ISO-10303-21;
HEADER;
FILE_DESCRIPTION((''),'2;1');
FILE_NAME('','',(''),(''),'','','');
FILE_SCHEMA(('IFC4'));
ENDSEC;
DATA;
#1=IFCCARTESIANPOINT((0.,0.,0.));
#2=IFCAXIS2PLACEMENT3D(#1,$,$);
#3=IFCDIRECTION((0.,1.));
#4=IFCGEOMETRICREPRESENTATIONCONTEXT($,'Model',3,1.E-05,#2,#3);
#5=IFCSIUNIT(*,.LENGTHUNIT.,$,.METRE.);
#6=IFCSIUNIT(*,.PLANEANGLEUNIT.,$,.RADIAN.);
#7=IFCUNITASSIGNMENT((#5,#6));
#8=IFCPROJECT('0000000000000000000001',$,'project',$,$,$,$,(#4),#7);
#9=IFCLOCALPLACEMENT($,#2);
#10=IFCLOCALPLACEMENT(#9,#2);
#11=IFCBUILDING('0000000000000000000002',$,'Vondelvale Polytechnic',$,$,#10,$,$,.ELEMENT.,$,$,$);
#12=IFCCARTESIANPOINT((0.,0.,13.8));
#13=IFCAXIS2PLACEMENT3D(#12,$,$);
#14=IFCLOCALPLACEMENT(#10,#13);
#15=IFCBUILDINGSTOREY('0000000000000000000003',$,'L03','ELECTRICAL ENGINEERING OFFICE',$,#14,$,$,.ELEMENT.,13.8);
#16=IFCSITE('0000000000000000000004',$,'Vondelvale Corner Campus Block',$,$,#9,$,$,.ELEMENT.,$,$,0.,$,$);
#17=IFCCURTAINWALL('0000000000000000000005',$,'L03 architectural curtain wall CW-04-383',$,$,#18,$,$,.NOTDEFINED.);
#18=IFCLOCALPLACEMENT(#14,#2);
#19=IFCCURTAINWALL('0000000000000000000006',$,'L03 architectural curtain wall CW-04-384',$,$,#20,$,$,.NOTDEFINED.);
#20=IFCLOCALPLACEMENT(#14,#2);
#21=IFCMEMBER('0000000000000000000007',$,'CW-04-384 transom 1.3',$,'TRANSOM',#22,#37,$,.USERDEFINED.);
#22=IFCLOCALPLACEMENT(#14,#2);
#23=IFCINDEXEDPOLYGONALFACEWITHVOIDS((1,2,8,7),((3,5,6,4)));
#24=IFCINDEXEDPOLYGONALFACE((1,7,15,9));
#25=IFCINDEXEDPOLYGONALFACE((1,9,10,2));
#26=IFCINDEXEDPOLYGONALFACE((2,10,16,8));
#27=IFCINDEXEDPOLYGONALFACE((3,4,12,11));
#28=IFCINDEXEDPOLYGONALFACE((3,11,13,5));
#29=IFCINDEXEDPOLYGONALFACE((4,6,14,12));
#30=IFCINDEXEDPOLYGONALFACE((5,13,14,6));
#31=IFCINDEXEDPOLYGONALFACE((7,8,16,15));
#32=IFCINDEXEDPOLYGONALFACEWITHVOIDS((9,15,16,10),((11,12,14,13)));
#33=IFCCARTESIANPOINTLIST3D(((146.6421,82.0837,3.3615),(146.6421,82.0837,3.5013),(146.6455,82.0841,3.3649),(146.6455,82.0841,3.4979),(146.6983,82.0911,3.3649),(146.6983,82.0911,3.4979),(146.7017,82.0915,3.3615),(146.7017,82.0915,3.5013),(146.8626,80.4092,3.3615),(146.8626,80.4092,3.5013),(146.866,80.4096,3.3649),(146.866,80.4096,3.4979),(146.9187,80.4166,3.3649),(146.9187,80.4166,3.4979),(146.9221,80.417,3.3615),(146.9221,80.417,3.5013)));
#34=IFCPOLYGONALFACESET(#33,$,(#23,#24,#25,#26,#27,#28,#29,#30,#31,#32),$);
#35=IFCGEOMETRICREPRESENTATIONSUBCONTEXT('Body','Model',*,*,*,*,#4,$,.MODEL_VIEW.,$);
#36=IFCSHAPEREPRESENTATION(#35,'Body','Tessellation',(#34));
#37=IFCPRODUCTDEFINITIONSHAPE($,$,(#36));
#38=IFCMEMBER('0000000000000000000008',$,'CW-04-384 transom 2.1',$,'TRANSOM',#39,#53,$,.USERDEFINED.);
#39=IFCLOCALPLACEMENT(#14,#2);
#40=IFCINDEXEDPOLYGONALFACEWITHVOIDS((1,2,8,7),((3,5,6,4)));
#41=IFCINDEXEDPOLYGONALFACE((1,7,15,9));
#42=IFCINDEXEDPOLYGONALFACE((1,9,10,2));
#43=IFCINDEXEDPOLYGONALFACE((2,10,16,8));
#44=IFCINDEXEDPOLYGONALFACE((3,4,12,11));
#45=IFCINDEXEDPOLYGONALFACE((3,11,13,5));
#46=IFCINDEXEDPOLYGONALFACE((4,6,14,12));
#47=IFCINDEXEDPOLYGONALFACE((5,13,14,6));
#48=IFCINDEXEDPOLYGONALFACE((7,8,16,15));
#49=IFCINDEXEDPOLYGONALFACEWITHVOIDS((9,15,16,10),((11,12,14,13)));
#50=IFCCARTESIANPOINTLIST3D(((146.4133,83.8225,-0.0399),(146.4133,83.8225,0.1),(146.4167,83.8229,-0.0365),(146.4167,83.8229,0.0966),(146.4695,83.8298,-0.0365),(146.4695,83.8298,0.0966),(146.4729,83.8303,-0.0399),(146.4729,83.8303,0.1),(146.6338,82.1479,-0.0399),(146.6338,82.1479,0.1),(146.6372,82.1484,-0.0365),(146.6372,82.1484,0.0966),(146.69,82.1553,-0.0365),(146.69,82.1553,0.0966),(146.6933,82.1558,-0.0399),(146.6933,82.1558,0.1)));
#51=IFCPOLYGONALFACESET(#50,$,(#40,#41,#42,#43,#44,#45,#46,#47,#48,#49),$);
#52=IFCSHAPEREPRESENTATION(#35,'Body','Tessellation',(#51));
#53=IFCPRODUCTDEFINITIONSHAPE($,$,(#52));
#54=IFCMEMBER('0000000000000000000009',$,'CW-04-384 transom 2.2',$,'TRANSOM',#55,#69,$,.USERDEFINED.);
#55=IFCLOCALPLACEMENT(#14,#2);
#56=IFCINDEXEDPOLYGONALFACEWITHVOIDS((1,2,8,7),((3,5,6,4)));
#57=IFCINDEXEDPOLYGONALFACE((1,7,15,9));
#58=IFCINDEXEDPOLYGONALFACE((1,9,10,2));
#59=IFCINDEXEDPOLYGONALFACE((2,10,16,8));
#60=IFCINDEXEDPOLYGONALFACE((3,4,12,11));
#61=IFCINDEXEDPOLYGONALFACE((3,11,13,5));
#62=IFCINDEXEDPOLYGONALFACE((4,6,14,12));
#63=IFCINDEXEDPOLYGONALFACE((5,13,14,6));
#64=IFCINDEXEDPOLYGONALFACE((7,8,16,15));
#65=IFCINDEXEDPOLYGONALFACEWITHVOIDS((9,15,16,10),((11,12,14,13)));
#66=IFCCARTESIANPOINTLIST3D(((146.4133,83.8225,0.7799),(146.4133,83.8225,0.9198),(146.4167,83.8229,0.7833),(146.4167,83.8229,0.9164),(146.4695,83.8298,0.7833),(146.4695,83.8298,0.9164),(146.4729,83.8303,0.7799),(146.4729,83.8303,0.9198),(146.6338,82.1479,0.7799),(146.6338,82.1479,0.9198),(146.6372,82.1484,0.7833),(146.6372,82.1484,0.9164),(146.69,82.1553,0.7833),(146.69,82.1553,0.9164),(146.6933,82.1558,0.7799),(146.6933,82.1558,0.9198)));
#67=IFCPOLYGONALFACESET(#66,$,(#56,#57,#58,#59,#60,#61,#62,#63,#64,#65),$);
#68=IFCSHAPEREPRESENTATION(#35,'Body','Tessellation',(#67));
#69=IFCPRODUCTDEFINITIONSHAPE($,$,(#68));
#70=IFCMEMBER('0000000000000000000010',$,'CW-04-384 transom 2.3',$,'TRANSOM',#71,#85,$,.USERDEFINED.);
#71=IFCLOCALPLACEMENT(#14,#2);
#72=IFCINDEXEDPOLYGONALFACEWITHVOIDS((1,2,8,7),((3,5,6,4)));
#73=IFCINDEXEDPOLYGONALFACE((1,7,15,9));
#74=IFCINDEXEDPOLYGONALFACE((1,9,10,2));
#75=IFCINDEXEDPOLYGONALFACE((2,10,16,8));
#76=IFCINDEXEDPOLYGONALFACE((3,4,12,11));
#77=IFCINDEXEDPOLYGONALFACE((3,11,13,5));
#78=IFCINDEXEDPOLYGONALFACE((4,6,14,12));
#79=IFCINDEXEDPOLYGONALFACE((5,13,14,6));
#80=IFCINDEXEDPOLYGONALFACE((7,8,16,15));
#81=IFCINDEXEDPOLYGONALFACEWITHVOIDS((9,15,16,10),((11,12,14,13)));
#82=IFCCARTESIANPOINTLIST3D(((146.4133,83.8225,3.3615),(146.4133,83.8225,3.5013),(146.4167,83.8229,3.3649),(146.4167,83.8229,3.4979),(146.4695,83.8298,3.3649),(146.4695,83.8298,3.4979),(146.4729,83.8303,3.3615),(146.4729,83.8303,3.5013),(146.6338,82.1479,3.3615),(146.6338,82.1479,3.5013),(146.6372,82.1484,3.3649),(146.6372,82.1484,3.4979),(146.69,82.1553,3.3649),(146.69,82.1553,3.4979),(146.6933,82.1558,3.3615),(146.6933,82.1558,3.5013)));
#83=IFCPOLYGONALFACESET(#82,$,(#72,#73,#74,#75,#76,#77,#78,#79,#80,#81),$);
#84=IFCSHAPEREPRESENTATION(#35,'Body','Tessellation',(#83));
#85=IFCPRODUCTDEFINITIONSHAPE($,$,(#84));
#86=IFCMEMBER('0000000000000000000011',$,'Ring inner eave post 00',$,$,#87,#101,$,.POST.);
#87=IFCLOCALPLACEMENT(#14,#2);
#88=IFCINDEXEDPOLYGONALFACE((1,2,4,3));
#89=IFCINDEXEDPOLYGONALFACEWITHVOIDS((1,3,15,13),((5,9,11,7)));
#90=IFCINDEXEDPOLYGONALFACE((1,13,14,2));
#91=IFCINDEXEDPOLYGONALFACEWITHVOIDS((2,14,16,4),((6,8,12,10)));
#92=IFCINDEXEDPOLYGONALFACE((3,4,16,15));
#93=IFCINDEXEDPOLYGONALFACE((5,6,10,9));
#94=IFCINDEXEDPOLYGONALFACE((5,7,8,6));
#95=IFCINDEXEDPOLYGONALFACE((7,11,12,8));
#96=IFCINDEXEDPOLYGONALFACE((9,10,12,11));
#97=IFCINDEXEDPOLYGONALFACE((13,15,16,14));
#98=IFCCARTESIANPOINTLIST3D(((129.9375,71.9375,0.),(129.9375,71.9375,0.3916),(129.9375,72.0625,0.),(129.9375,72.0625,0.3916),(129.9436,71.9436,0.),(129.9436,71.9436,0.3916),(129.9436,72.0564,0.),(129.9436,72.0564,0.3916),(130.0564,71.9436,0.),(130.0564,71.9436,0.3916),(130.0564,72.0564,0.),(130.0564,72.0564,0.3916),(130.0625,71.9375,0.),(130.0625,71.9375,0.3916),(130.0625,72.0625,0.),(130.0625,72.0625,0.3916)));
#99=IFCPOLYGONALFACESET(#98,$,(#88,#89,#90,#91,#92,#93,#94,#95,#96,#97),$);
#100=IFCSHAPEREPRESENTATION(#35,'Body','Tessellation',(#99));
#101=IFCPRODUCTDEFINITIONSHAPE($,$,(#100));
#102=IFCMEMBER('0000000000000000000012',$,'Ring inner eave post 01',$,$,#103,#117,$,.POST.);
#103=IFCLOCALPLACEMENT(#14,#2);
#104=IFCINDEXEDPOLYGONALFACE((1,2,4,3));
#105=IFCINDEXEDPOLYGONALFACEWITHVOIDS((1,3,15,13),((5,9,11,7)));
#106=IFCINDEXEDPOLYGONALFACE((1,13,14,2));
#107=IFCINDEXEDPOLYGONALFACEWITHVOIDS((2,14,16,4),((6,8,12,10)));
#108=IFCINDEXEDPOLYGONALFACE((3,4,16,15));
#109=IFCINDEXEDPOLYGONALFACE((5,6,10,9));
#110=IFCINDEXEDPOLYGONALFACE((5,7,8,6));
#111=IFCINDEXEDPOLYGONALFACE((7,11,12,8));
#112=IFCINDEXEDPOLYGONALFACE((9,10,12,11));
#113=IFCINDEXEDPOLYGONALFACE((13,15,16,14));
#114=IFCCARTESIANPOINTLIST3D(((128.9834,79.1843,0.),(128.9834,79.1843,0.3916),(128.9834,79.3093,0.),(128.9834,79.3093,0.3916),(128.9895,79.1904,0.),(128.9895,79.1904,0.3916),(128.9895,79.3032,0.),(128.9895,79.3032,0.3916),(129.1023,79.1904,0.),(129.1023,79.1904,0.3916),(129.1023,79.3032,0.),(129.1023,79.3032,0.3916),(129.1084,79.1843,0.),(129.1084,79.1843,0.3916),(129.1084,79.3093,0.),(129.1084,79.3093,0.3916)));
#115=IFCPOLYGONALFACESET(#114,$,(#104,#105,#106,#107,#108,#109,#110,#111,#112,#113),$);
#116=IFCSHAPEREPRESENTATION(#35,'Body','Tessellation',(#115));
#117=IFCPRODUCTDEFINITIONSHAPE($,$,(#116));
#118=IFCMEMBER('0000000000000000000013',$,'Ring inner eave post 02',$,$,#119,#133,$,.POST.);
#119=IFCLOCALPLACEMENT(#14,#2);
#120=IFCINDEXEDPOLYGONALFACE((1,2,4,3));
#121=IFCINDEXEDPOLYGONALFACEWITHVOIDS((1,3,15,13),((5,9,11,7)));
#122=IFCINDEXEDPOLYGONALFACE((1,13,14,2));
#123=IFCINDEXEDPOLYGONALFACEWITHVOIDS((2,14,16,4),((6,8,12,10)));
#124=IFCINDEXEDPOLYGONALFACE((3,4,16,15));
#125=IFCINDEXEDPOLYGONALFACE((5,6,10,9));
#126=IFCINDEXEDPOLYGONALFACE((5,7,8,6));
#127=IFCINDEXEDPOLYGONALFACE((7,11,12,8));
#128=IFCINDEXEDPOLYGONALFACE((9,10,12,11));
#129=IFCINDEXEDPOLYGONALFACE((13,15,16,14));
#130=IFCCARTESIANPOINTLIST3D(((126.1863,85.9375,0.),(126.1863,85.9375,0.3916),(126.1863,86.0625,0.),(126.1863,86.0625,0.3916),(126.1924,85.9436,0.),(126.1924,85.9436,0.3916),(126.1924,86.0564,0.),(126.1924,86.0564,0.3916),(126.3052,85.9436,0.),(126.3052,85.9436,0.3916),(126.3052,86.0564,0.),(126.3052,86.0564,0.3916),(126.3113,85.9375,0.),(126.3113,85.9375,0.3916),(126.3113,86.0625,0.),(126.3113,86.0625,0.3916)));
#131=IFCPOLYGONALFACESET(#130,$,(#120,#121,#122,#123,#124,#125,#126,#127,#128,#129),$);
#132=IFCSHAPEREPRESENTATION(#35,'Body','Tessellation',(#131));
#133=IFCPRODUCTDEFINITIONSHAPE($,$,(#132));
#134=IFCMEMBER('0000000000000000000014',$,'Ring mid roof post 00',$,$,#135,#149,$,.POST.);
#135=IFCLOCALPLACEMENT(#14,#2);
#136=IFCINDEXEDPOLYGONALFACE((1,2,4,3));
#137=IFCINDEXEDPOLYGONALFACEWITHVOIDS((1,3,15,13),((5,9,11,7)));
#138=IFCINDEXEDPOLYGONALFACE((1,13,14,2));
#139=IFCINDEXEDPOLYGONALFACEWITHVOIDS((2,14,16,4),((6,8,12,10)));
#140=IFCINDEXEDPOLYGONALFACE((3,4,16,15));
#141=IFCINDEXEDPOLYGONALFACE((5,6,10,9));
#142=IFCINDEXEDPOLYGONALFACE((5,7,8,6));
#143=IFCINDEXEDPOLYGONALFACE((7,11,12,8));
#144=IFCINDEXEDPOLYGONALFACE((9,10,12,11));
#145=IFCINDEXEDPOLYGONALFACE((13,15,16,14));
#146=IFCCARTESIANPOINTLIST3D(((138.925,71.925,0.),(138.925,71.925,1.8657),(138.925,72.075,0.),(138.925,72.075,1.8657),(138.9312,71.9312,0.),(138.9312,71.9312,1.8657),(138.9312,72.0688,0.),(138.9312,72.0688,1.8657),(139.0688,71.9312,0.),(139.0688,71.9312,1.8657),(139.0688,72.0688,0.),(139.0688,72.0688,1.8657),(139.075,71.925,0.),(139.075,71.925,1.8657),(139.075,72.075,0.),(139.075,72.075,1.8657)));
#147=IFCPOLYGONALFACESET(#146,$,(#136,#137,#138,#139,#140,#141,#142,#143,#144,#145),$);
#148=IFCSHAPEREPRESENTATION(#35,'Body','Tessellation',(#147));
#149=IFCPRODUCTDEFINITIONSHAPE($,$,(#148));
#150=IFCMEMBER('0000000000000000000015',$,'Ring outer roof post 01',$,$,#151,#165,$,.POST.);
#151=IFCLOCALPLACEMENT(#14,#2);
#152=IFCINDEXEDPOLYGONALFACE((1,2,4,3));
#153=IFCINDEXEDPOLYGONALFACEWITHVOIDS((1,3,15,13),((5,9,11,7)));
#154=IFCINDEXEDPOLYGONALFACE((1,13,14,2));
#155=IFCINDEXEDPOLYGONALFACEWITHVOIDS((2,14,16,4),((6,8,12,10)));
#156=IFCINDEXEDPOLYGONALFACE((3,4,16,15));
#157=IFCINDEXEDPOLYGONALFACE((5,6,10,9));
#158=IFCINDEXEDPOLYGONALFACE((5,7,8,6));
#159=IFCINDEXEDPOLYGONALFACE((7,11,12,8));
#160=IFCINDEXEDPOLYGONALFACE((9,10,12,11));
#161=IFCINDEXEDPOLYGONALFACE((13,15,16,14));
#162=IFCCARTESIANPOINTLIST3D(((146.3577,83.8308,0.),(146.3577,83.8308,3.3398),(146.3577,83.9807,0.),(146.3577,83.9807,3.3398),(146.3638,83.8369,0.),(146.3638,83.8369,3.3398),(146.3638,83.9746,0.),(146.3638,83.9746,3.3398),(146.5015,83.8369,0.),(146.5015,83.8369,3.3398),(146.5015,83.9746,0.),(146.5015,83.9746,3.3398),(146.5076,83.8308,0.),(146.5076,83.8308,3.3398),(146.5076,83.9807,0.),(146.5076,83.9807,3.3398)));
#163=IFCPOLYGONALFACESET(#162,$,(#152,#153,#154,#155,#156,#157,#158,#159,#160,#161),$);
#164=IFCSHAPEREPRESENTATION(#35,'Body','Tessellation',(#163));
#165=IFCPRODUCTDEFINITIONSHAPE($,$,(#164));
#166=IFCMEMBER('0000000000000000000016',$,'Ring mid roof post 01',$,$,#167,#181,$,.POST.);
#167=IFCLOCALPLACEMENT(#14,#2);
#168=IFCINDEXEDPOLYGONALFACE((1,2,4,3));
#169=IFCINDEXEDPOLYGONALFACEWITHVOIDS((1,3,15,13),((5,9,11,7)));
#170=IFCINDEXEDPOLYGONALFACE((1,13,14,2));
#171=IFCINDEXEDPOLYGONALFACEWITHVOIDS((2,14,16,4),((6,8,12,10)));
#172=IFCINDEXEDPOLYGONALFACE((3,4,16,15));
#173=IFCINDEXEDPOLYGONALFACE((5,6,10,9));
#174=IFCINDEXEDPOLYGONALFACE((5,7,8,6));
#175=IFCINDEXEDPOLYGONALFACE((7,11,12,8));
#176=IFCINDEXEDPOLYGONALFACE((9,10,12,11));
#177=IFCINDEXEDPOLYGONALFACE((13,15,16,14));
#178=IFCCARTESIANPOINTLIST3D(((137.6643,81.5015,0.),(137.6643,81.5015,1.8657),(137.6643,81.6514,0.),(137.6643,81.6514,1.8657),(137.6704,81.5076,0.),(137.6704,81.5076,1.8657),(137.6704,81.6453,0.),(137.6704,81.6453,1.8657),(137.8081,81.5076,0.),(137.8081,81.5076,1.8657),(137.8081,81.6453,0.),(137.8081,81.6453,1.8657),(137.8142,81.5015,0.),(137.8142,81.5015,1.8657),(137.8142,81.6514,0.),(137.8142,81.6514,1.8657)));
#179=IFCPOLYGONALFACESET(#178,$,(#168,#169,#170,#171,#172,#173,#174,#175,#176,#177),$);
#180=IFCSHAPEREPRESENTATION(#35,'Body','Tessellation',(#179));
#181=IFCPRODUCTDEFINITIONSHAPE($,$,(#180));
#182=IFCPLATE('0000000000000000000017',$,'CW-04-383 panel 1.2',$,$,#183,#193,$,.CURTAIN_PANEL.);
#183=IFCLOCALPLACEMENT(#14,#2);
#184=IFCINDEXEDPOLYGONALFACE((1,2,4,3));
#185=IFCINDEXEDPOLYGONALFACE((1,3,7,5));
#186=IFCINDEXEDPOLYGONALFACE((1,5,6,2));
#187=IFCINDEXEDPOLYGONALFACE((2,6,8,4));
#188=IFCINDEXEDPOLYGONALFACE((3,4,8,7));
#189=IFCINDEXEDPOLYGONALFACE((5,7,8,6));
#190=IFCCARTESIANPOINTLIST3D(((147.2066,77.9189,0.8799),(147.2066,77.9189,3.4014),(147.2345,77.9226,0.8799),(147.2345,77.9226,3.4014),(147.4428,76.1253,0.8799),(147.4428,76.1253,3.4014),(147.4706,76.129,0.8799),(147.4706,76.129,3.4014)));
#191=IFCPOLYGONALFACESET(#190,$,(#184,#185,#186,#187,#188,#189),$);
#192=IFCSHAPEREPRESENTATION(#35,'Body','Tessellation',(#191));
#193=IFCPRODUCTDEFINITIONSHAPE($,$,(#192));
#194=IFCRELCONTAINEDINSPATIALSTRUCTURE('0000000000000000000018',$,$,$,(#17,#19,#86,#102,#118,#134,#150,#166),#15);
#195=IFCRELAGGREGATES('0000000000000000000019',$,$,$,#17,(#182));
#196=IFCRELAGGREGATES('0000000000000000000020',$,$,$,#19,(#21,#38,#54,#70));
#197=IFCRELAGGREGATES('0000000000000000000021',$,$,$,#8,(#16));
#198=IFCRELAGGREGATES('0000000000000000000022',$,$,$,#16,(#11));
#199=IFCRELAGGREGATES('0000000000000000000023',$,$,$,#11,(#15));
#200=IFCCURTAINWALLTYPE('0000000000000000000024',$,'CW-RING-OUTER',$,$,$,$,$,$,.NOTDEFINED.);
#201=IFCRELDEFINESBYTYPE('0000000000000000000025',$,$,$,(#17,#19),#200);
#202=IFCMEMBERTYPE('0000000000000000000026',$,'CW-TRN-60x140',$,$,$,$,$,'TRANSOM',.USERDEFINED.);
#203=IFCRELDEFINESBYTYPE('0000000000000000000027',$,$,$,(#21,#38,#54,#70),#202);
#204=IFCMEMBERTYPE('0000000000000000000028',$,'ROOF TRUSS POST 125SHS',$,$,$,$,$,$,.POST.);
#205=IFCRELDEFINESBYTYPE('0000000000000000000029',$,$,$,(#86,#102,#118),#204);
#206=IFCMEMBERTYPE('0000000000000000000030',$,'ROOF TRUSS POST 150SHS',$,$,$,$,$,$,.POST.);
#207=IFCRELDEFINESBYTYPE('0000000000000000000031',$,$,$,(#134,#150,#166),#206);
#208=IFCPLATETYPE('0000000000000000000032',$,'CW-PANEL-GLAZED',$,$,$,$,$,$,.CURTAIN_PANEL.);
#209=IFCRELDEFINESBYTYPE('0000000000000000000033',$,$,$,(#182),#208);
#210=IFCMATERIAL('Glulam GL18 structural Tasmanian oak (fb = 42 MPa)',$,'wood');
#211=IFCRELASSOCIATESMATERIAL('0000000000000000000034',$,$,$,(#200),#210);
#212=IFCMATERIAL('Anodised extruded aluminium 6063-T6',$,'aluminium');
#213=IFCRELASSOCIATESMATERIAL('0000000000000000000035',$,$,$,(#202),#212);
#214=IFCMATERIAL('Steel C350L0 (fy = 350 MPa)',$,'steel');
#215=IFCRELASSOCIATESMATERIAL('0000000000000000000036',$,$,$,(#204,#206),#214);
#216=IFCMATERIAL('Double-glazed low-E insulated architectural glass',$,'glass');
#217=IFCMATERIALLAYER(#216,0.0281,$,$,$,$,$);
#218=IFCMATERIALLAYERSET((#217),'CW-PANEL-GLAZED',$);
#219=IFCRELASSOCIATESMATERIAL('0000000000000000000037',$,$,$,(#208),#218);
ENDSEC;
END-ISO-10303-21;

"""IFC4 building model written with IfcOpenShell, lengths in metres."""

from ifc_helpers import new_model, si_unit, direction, frame, origin, origin_2d, place, context, subcontext, project, spatial, rectangle, hollow_rectangle, extrude, material, layer, layer_set, material_profile, profile_set, type_object, element, aggregate, save


model = new_model("IFC4")

# Units and contexts
model_context = context("Model", 3, precision=1e-05, world=origin(), true_north=direction((0.0, 1.0)))
body_context = subcontext(model_context, "Body", "Model", "MODEL_VIEW")
ifc_project = project(units=[si_unit("LENGTHUNIT", "METRE"), si_unit("PLANEANGLEUNIT", "RADIAN")], contexts=[model_context])

# Site, building, storey
site_placement = place(None, origin())
site = spatial("IfcSite", under=ifc_project, at=site_placement, Name="Vondelvale Corner Campus Block", CompositionType="ELEMENT", RefElevation=0.0)
building_placement = place(site_placement, origin())
building = spatial("IfcBuilding", under=site, at=building_placement, Name="Vondelvale Polytechnic", CompositionType="ELEMENT")
storey_placement = place(building_placement, frame((0.0, 0.0, 13.8)))
storey = spatial("IfcBuildingStorey", under=building, at=storey_placement, Name="L03", Description="ELECTRICAL ENGINEERING OFFICE", CompositionType="ELEMENT", Elevation=13.8)

# Curtain walls
ifc_material_1 = material(Name="Glulam GL18 structural Tasmanian oak (fb = 42 MPa)", Category="wood")
curtain_wall_type = type_object("IfcCurtainWallType", Name="CW-RING-OUTER", PredefinedType="NOTDEFINED", material=ifc_material_1)
curtain_wall_1_placement = place(storey_placement, origin())
curtain_wall_1 = element("IfcCurtainWall", 1, at=curtain_wall_1_placement, inside=storey, type_object=curtain_wall_type, Name="L03 architectural curtain wall CW-04-383", PredefinedType="NOTDEFINED")
ifc_material_2 = material(Name="Anodised extruded aluminium 6063-T6", Category="aluminium")
curtain_wall_2_placement = place(storey_placement, origin())
curtain_wall_2 = element("IfcCurtainWall", 2, at=curtain_wall_2_placement, inside=storey, type_object=curtain_wall_type, Name="L03 architectural curtain wall CW-04-384", PredefinedType="NOTDEFINED")

# Members
ifc_material_profile_1 = material_profile(ifc_material_2, hollow_rectangle(XDim=0.0601, YDim=0.1399, WallThickness=0.0034, at=origin_2d()), Name="CW-TRN-140x60")
ifc_profile_set_1 = profile_set([ifc_material_profile_1], Name="Anodised extruded aluminium 6063-T6")
member_type_1 = type_object("IfcMemberType", Name="CW-TRN-60x140", ElementType="TRANSOM", PredefinedType="USERDEFINED", material=ifc_profile_set_1)
member_1_placement = place(storey_placement, frame((146.8923, 80.4131, 3.4314), z_axis=(-0.130526, 0.991445, 0.0), x_axis=(-0.991445, -0.130526, 0.0)))
member_1 = element("IfcMember", 3, at=member_1_placement, type_object=member_type_1, Name="CW-04-384 transom 1.3", ObjectType="TRANSOM", PredefinedType="USERDEFINED", context=body_context, shape_type="SweptSolid", body=[
    extrude(hollow_rectangle(XDim=0.0601, YDim=0.1399, WallThickness=0.0034, at=origin_2d()), origin(), (0.0, 0.0, 1.0), 1.689),
])
member_2_placement = place(storey_placement, frame((146.6636, 82.1519, 0.03), z_axis=(-0.130526, 0.991445, 0.0), x_axis=(-0.991445, -0.130526, 0.0)))
member_2 = element("IfcMember", 4, at=member_2_placement, type_object=member_type_1, Name="CW-04-384 transom 2.1", ObjectType="TRANSOM", PredefinedType="USERDEFINED", context=body_context, shape_type="SweptSolid", body=[
    extrude(hollow_rectangle(XDim=0.0601, YDim=0.1399, WallThickness=0.0034, at=origin_2d()), origin(), (0.0, 0.0, 1.0), 1.689),
])
member_3_placement = place(storey_placement, frame((146.6636, 82.1519, 0.8499), z_axis=(-0.130526, 0.991445, 0.0), x_axis=(-0.991445, -0.130526, 0.0)))
member_3 = element("IfcMember", 5, at=member_3_placement, type_object=member_type_1, Name="CW-04-384 transom 2.2", ObjectType="TRANSOM", PredefinedType="USERDEFINED", context=body_context, shape_type="SweptSolid", body=[
    extrude(hollow_rectangle(XDim=0.0601, YDim=0.1399, WallThickness=0.0034, at=origin_2d()), origin(), (0.0, 0.0, 1.0), 1.689),
])
member_4_placement = place(storey_placement, frame((146.6636, 82.1519, 3.4314), z_axis=(-0.130526, 0.991445, 0.0), x_axis=(-0.991445, -0.130526, 0.0)))
member_4 = element("IfcMember", 6, at=member_4_placement, type_object=member_type_1, Name="CW-04-384 transom 2.3", ObjectType="TRANSOM", PredefinedType="USERDEFINED", context=body_context, shape_type="SweptSolid", body=[
    extrude(hollow_rectangle(XDim=0.0601, YDim=0.1399, WallThickness=0.0034, at=origin_2d()), origin(), (0.0, 0.0, 1.0), 1.689),
])

# Members
ifc_material_3 = material(Name="Steel C350L0 (fy = 350 MPa)", Category="steel")
ifc_material_profile_2 = material_profile(ifc_material_3, hollow_rectangle(XDim=0.125, YDim=0.125, WallThickness=0.0061, at=origin_2d()), Name="125x125x6.0SHS")
ifc_profile_set_2 = profile_set([ifc_material_profile_2], Name="Steel C350L0 (fy = 350 MPa)")
member_type_2 = type_object("IfcMemberType", Name="ROOF TRUSS POST 125SHS", PredefinedType="POST", material=ifc_profile_set_2)
for number, where, z_axis, x_axis, name in (
    (7, (130.0, 72.0, 0.0), (0.0, 0.0, 1.0), (1.0, 0.0, 0.0), "Ring inner eave post 00"),
    (8, (129.0459, 79.2468, 0.0), (0.0, 0.0, 1.0), (1.0, 0.0, 0.0), "Ring inner eave post 01"),
    (9, (126.2488, 86.0, 0.0), (0.0, 0.0, 1.0), (1.0, 0.0, 0.0), "Ring inner eave post 02"),
):
    element("IfcMember", number, at=place(storey_placement, frame(where, z_axis=z_axis, x_axis=x_axis)), inside=storey, type_object=member_type_2, Name=name, PredefinedType="POST", context=body_context, shape_type="SweptSolid", body=[
        extrude(hollow_rectangle(XDim=0.125, YDim=0.125, WallThickness=0.0061, at=origin_2d()), origin(), (0.0, 0.0, 1.0), 0.3916),
    ])
ifc_material_profile_3 = material_profile(ifc_material_3, hollow_rectangle(XDim=0.1499, YDim=0.1499, WallThickness=0.0061, at=origin_2d()), Name="150x150x6.0SHS")
ifc_profile_set_3 = profile_set([ifc_material_profile_3], Name="Steel C350L0 (fy = 350 MPa)")
member_type_3 = type_object("IfcMemberType", Name="ROOF TRUSS POST 150SHS", PredefinedType="POST", material=ifc_profile_set_3)
member_5_placement = place(storey_placement, frame((139.0, 72.0, 0.0), z_axis=(0.0, 0.0, 1.0), x_axis=(1.0, 0.0, 0.0)))
element("IfcMember", 10, at=member_5_placement, inside=storey, type_object=member_type_3, Name="Ring mid roof post 00", PredefinedType="POST", context=body_context, shape_type="SweptSolid", body=[
    extrude(hollow_rectangle(XDim=0.1499, YDim=0.1499, WallThickness=0.0061, at=origin_2d()), origin(), (0.0, 0.0, 1.0), 1.8657),
])
member_6_placement = place(storey_placement, frame((146.4326, 83.9058, 0.0), z_axis=(0.0, 0.0, 1.0), x_axis=(1.0, 0.0, 0.0)))
element("IfcMember", 11, at=member_6_placement, inside=storey, type_object=member_type_3, Name="Ring outer roof post 01", PredefinedType="POST", context=body_context, shape_type="SweptSolid", body=[
    extrude(hollow_rectangle(XDim=0.1499, YDim=0.1499, WallThickness=0.0061, at=origin_2d()), origin(), (0.0, 0.0, 1.0), 3.3398),
])
member_7_placement = place(storey_placement, frame((137.7393, 81.5764, 0.0), z_axis=(0.0, 0.0, 1.0), x_axis=(1.0, 0.0, 0.0)))
element("IfcMember", 12, at=member_7_placement, inside=storey, type_object=member_type_3, Name="Ring mid roof post 01", PredefinedType="POST", context=body_context, shape_type="SweptSolid", body=[
    extrude(hollow_rectangle(XDim=0.1499, YDim=0.1499, WallThickness=0.0061, at=origin_2d()), origin(), (0.0, 0.0, 1.0), 1.8657),
])

# Plate
ifc_material_4 = material(Name="Double-glazed low-E insulated architectural glass", Category="glass")
ifc_layer_1 = layer(ifc_material_4, 0.0281)
ifc_layer_set_1 = layer_set([ifc_layer_1], Name="CW-PANEL-GLAZED")
plate_type_1 = type_object("IfcPlateType", Name="CW-PANEL-GLAZED", PredefinedType="CURTAIN_PANEL", material=ifc_layer_set_1)
plate_1_placement = place(storey_placement, frame((147.3386, 77.0239, 0.8799), z_axis=(0.0, 0.0, 1.0), x_axis=(-0.130549, 0.991442, 0.0)))
plate_1 = element("IfcPlate", 13, at=plate_1_placement, type_object=plate_type_1, Name="CW-04-383 panel 1.2", PredefinedType="CURTAIN_PANEL", context=body_context, shape_type="SweptSolid", body=[
    extrude(rectangle(XDim=1.8091, YDim=0.0281, at=origin_2d()), origin(), (0.0, 0.0, 1.0), 2.5215),
])
aggregate(curtain_wall_1, [plate_1])
aggregate(curtain_wall_2, [member_1, member_2, member_3, member_4])

save(model, "model.ifc")
